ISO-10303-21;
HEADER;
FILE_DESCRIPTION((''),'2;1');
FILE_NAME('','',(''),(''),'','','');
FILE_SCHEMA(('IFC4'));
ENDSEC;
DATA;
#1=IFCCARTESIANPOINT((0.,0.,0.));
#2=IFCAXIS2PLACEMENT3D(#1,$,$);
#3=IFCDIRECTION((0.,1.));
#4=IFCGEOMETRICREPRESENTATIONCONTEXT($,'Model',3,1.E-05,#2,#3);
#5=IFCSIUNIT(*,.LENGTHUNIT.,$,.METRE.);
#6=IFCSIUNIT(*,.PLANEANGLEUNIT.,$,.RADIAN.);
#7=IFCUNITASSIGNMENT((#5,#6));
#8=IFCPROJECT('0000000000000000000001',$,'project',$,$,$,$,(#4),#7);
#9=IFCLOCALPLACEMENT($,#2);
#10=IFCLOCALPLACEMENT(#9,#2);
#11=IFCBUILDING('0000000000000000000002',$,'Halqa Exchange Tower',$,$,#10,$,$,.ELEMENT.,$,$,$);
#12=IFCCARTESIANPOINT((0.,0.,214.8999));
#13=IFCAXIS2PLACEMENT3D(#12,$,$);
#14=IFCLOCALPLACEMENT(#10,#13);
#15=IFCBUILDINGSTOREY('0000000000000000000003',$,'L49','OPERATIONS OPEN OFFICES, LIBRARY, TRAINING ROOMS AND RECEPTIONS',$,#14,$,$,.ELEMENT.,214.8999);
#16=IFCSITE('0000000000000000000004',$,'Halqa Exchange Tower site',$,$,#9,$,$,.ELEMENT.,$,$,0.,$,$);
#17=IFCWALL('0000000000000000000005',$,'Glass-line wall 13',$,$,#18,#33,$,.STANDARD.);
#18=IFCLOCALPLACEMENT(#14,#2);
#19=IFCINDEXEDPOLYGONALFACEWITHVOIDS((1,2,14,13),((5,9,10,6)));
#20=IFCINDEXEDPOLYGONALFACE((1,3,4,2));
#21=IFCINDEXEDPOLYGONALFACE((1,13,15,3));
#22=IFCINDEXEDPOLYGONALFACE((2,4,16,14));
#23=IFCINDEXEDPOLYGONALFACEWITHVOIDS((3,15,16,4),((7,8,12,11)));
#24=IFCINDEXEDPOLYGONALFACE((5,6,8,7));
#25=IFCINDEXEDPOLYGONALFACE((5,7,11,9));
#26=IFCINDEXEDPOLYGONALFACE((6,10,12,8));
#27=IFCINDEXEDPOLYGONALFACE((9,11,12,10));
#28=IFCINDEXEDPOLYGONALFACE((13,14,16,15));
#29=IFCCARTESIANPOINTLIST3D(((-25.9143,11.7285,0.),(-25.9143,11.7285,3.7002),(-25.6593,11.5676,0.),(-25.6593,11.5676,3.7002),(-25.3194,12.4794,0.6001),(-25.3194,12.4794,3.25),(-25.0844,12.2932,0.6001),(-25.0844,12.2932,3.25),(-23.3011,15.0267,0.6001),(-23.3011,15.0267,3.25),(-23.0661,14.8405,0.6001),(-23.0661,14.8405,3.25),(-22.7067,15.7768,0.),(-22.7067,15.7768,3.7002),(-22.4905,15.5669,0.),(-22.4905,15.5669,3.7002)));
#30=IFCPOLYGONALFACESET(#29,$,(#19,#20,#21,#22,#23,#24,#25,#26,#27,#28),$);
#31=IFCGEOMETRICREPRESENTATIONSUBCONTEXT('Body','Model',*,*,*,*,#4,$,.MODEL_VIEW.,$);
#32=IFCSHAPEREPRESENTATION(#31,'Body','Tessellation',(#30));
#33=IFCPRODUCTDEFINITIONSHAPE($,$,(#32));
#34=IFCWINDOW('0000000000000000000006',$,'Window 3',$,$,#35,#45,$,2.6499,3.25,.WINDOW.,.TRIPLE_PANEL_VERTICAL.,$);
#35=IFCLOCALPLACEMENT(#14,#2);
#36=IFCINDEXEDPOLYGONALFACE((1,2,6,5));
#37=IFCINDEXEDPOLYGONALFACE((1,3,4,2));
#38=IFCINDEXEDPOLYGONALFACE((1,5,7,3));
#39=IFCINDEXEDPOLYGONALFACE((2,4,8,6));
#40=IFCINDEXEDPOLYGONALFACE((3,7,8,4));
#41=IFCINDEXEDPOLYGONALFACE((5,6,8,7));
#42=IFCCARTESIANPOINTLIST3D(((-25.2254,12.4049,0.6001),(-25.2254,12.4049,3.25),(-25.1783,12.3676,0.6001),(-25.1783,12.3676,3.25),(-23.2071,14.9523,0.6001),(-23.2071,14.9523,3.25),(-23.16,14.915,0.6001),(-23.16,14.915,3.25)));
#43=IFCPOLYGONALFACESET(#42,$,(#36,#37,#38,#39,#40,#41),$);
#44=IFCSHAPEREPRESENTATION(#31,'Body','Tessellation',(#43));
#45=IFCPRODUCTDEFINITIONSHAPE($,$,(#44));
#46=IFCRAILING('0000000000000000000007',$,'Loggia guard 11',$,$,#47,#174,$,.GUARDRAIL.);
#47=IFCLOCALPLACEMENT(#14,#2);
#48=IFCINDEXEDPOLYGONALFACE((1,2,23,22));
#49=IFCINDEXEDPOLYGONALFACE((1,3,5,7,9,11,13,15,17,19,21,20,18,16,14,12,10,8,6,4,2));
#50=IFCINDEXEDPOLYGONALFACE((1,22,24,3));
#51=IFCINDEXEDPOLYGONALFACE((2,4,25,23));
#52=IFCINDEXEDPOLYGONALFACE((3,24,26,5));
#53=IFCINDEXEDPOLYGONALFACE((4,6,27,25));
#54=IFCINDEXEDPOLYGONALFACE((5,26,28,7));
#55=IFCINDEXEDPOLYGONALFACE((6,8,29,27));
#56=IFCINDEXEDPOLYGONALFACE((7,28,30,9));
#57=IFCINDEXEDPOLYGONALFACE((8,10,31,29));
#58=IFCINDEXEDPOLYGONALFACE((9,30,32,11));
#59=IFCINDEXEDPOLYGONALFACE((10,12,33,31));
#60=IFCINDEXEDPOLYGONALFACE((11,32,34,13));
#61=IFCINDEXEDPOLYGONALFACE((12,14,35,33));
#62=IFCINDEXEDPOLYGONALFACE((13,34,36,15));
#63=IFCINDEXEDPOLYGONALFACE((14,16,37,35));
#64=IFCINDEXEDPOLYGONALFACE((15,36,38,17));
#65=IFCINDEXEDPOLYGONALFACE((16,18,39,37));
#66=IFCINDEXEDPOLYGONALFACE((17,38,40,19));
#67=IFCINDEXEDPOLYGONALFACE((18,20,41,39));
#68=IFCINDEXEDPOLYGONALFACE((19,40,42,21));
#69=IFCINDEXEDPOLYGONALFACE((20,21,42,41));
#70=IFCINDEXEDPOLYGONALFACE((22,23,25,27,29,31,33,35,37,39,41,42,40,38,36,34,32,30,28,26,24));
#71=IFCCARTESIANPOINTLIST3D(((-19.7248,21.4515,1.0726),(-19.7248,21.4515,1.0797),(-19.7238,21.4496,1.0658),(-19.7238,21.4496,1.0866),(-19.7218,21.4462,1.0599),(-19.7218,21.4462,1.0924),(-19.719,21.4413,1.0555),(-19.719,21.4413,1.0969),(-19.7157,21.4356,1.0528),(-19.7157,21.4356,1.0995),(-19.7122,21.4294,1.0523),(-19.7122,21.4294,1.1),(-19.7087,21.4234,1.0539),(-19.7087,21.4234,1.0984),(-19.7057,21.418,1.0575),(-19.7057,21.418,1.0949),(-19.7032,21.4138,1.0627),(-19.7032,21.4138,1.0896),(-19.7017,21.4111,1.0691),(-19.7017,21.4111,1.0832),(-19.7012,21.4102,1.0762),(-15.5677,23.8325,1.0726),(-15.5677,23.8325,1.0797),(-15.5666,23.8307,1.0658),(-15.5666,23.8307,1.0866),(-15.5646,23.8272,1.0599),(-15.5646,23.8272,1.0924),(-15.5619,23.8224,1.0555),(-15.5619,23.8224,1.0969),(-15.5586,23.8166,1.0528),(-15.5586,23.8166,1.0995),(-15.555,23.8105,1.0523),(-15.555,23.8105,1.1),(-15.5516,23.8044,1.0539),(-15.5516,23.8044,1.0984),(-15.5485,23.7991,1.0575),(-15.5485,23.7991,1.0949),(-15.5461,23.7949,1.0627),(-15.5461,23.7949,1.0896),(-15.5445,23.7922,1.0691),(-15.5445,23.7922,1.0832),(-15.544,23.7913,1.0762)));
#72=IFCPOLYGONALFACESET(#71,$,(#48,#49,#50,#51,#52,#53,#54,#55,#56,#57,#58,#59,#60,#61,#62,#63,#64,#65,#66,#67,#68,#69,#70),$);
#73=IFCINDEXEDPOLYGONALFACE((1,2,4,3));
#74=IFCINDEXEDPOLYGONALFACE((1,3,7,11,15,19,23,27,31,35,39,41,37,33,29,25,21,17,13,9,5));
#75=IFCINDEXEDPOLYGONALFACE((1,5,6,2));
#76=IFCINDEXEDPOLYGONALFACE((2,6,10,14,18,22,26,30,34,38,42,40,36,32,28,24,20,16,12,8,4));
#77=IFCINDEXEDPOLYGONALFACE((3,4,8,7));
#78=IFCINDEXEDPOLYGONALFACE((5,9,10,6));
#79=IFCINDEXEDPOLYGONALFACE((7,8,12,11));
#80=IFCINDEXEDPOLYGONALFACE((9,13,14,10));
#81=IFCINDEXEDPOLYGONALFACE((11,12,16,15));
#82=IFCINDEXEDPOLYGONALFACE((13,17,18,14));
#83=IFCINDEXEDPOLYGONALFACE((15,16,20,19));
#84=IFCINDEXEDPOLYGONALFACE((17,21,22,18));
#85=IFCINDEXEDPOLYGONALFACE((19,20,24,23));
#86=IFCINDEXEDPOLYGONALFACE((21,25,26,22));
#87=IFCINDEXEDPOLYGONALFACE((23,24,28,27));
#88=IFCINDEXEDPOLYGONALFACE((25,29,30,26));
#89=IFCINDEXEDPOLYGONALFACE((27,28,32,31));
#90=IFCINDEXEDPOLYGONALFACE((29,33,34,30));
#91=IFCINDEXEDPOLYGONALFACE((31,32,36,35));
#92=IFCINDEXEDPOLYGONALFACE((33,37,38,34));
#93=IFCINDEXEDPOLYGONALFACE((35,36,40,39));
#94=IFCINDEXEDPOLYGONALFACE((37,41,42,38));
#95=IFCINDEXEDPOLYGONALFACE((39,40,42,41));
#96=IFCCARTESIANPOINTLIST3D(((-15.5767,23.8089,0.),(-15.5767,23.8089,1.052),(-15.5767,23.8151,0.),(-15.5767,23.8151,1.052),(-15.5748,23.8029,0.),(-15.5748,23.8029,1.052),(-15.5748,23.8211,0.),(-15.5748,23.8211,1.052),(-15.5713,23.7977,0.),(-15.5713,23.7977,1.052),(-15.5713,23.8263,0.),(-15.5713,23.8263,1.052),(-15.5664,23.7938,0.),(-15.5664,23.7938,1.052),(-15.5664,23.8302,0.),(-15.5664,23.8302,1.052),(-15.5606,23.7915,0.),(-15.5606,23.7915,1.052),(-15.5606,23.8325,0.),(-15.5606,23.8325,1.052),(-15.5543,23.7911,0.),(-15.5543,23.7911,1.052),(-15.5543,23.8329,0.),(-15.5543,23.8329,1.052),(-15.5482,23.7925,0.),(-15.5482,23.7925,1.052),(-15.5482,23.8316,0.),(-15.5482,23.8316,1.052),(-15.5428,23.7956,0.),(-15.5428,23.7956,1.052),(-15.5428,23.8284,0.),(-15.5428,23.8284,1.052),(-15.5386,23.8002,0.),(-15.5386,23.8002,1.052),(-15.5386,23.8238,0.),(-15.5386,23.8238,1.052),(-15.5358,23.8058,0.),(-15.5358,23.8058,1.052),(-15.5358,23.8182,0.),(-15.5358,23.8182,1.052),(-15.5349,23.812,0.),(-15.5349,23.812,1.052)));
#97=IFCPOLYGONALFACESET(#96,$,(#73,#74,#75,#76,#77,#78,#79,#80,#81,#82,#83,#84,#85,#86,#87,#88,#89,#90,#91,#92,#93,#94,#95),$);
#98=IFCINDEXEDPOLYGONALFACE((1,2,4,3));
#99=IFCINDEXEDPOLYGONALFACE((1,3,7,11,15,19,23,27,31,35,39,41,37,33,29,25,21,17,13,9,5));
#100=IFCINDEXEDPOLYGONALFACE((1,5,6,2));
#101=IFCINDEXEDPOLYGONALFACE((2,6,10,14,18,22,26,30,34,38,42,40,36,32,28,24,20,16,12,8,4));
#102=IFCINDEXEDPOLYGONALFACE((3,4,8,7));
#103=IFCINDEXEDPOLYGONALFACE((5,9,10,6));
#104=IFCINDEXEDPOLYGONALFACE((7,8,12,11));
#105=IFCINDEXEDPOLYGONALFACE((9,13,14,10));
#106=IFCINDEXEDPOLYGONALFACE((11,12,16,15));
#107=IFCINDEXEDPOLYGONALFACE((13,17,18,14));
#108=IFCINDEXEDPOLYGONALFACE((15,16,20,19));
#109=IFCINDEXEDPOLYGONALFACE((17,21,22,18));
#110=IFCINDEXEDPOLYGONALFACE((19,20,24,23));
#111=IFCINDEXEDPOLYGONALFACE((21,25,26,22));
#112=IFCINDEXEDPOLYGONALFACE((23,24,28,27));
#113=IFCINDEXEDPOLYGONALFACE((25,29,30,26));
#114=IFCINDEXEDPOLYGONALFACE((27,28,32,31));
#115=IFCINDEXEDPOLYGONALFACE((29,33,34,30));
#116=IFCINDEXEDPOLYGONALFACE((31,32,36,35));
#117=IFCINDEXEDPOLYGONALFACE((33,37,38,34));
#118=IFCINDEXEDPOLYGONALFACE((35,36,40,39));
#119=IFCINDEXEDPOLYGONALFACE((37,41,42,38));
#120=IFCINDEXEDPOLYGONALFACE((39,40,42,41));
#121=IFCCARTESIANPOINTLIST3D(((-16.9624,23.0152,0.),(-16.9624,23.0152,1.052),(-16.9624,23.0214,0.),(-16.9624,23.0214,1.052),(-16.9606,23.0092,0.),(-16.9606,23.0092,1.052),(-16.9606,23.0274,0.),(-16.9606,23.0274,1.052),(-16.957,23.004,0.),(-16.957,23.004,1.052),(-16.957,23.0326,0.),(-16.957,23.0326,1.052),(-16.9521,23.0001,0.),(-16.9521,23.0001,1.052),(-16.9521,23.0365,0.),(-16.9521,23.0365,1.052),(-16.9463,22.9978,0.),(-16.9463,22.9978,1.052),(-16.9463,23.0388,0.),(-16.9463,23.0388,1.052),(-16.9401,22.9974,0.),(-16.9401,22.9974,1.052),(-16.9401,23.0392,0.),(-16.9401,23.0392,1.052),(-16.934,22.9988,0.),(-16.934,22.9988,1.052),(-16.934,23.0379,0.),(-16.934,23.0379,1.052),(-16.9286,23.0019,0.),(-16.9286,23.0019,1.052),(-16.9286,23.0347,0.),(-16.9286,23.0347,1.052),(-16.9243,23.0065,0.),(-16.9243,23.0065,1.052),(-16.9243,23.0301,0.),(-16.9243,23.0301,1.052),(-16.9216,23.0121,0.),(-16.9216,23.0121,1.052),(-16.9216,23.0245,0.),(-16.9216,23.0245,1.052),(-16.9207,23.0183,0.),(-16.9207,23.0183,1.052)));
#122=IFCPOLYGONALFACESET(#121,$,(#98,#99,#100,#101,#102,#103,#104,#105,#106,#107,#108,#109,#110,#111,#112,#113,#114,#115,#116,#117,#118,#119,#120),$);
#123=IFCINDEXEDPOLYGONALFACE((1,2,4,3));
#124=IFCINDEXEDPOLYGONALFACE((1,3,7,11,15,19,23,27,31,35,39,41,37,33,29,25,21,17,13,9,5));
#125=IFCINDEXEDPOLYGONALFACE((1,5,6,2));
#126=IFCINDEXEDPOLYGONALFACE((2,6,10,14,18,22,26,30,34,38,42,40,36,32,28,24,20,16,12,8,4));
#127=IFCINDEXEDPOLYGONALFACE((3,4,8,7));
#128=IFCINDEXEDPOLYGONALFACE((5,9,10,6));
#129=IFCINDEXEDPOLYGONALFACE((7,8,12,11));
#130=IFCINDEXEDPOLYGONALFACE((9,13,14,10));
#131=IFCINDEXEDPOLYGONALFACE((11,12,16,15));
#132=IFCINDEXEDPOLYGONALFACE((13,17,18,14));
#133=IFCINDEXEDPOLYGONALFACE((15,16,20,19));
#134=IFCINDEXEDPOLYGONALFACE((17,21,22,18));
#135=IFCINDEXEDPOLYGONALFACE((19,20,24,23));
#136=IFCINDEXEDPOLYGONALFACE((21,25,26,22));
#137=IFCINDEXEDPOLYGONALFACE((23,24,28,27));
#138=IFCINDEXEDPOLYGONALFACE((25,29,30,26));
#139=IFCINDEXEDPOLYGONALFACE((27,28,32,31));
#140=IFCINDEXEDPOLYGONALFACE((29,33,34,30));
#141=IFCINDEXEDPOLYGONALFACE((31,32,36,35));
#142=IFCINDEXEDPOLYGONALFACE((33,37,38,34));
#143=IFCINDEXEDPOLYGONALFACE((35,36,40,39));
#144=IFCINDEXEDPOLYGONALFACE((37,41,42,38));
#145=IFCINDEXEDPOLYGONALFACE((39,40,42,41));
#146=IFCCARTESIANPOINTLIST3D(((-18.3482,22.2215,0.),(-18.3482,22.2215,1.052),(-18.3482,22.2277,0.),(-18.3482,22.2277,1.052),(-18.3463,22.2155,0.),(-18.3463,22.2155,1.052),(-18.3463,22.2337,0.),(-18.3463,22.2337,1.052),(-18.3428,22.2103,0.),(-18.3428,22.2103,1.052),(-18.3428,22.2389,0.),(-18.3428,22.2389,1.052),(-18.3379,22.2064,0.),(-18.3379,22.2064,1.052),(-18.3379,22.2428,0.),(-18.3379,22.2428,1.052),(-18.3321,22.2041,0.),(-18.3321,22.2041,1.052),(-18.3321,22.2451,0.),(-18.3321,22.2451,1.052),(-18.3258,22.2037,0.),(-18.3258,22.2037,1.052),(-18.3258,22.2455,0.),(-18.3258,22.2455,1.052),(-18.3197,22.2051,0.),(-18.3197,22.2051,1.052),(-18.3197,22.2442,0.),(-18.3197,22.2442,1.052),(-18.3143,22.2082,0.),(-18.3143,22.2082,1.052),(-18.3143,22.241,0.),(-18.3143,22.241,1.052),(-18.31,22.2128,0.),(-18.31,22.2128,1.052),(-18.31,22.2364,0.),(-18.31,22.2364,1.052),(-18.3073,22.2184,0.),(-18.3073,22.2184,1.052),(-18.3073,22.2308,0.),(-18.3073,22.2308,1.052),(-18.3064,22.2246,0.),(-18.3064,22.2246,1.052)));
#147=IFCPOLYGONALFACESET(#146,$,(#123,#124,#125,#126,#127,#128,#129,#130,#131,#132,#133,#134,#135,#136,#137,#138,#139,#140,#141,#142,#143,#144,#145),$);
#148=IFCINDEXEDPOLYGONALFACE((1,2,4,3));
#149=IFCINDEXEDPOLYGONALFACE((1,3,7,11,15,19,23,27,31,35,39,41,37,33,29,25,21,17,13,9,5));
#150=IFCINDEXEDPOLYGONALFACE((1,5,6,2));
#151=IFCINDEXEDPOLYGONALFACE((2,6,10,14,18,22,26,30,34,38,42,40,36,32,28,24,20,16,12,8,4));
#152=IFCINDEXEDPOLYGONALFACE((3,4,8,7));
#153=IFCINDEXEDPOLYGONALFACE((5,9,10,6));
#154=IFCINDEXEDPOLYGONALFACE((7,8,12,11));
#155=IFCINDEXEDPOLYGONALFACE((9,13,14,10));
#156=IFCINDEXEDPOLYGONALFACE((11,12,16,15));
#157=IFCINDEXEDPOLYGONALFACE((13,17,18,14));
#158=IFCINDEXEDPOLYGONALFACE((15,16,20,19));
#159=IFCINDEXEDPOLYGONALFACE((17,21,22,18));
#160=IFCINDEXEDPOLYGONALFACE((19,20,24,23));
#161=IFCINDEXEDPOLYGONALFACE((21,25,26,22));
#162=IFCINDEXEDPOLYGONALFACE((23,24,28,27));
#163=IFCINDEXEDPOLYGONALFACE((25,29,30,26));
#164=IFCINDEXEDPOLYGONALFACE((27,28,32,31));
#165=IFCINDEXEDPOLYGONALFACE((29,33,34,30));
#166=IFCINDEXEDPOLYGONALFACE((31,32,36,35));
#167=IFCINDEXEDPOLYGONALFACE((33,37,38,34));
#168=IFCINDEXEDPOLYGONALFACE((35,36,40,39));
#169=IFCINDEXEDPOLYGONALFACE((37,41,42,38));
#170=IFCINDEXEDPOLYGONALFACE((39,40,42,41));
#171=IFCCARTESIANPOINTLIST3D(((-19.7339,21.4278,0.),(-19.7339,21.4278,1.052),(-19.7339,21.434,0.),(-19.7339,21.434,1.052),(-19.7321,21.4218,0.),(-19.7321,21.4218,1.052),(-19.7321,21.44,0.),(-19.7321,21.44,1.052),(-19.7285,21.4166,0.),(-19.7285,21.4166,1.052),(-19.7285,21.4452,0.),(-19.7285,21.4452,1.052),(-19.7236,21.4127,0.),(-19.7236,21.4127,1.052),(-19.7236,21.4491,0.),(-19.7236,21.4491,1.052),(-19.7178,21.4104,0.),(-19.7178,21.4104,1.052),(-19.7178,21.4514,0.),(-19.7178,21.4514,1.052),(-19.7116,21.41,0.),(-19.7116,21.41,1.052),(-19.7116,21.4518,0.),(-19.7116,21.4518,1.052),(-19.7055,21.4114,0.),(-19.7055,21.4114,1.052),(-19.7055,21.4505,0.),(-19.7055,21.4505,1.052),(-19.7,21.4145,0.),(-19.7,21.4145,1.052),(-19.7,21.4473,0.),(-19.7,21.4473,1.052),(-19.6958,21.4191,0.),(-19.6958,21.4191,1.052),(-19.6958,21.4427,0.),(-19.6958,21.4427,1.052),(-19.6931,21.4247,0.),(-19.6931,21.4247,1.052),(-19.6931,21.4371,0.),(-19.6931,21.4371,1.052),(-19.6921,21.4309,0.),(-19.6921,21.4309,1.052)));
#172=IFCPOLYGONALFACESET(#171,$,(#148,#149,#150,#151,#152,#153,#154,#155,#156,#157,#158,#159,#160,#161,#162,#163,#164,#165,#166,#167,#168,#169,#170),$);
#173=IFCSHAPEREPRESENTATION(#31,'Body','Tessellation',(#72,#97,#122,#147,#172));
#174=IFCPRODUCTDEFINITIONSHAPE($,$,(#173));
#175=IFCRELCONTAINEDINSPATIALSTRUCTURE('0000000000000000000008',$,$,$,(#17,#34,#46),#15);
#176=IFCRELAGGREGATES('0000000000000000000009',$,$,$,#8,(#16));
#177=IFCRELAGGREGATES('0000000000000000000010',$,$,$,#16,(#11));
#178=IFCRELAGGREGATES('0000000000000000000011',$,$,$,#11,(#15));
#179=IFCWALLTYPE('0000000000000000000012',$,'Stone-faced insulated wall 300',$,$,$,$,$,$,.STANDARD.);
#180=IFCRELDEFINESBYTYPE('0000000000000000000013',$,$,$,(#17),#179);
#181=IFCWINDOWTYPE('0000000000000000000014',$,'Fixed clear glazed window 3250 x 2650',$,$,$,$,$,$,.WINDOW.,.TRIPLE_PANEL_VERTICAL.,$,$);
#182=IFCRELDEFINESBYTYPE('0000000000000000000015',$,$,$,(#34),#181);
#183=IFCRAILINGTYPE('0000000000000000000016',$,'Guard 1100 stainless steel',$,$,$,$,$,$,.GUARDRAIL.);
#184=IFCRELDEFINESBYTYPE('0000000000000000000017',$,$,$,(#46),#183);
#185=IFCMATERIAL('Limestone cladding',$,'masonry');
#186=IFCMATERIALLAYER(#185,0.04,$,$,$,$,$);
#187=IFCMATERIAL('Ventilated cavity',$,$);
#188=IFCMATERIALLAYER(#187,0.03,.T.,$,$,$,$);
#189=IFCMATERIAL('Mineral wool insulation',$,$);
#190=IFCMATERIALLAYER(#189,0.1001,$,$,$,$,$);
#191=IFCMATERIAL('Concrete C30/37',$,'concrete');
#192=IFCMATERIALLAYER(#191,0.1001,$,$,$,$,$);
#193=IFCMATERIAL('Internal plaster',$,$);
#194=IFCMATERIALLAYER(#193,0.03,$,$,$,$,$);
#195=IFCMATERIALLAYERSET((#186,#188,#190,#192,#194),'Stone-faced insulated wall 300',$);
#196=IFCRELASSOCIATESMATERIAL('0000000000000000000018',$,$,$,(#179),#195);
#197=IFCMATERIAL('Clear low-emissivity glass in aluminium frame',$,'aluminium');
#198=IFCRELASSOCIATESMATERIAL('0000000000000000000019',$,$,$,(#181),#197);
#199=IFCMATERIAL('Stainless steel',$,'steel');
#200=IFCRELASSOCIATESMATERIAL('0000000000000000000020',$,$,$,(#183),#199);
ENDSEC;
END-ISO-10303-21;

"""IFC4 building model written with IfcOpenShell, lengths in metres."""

from ifc_helpers import new_model, si_unit, direction, frame, frame_2d, origin, origin_2d, place, context, subcontext, project, spatial, polyline, rectangle, circle, outline, extrude, material, layer, layer_set, type_object, element, fill, save


model = new_model("IFC4")

# Units and contexts
model_context = context("Model", 3, precision=1e-05, world=origin(), true_north=direction((0.0, 1.0)))
body_context = subcontext(model_context, "Body", "Model", "MODEL_VIEW")
ifc_project = project(units=[si_unit("LENGTHUNIT", "METRE"), si_unit("PLANEANGLEUNIT", "RADIAN")], contexts=[model_context])

# Site, building, storey
site_placement = place(None, origin())
site = spatial("IfcSite", under=ifc_project, at=site_placement, Name="Halqa Exchange Tower site", CompositionType="ELEMENT", RefElevation=0.0)
building_placement = place(site_placement, origin())
building = spatial("IfcBuilding", under=site, at=building_placement, Name="Halqa Exchange Tower", CompositionType="ELEMENT")
storey_placement = place(building_placement, frame((0.0, 0.0, 214.8999)))
storey = spatial("IfcBuildingStorey", under=building, at=storey_placement, Name="L49", Description="OPERATIONS OPEN OFFICES, LIBRARY, TRAINING ROOMS AND RECEPTIONS", CompositionType="ELEMENT", Elevation=214.8999)

# Shared definitions
ifc_material_1 = material(Name="Limestone cladding", Category="masonry")
ifc_layer_1 = layer(ifc_material_1, 0.04)
ifc_material_2 = material(Name="Ventilated cavity")
ifc_layer_2 = layer(ifc_material_2, 0.03, ventilated=True)
ifc_material_3 = material(Name="Mineral wool insulation")
ifc_layer_3 = layer(ifc_material_3, 0.1001)
ifc_material_4 = material(Name="Concrete C30/37", Category="concrete")
ifc_layer_4 = layer(ifc_material_4, 0.1001)
ifc_material_5 = material(Name="Internal plaster")
ifc_layer_5 = layer(ifc_material_5, 0.03)
ifc_layer_set_1 = layer_set([ifc_layer_1, ifc_layer_2, ifc_layer_3, ifc_layer_4, ifc_layer_5], Name="Stone-faced insulated wall 300")
wall_type_1 = type_object("IfcWallType", Name="Stone-faced insulated wall 300", PredefinedType="STANDARD", material=ifc_layer_set_1)
ifc_material_6 = material(Name="Clear low-emissivity glass in aluminium frame", Category="aluminium")
window_type = type_object("IfcWindowType", Name="Fixed clear glazed window 3250 x 2650", PartitioningType="TRIPLE_PANEL_VERTICAL", PredefinedType="WINDOW", material=ifc_material_6)

# Wall, opening, window
wall_1_placement = place(storey_placement, frame((-22.5986, 15.6719, 0.0), z_axis=(0.0, 0.0, 1.0), x_axis=(-0.621017, -0.783797, 0.0)))
wall_1 = element("IfcWall", 1, at=wall_1_placement, inside=storey, type_object=wall_type_1, Name="Glass-line wall 13", PredefinedType="STANDARD", context=body_context, shape_type="SweptSolid", body=[
    extrude(outline(polyline([(-0.0151, -0.1499), (5.1499, -0.1499), (5.1177, 0.1499), (0.0151, 0.1499), (-0.0151, -0.1499)])), origin(), (0.0, 0.0, 1.0), 3.7002),
])
opening_1_placement = place(wall_1_placement, frame((0.9419, 0.0, 0.6001)))
opening_1 = element("IfcOpeningElement", 2, at=opening_1_placement, cuts=wall_1, PredefinedType="OPENING", context=body_context, shape_type="SweptSolid", body=[
    extrude(rectangle(XDim=3.25, YDim=2.6499, at=frame_2d((1.625, 1.325))), frame((0.0, 0.1621, 0.0), z_axis=(0.0, -1.0, 0.0), x_axis=(1.0, 0.0, 0.0)), (0.0, 0.0, 1.0), 0.324),
])
window_1_placement = place(opening_1_placement, origin())
window_1 = element("IfcWindow", 3, at=window_1_placement, inside=storey, type_object=window_type, Name="Window 3", OverallHeight=2.6499, OverallWidth=3.25, PartitioningType="TRIPLE_PANEL_VERTICAL", PredefinedType="WINDOW", context=body_context, shape_type="SweptSolid", body=[
    extrude(rectangle(XDim=3.25, YDim=2.6499, at=frame_2d((1.625, 1.325))), frame((0.0, 0.03, 0.0), z_axis=(0.0, -1.0, 0.0), x_axis=(1.0, 0.0, 0.0)), (0.0, 0.0, 1.0), 0.0601),
])
fill(opening_1, window_1)

# Railing
ifc_material_7 = material(Name="Stainless steel", Category="steel")
railing_type = type_object("IfcRailingType", Name="Guard 1100 stainless steel", PredefinedType="GUARDRAIL", material=ifc_material_7)
railing_1_placement = place(storey_placement, frame((-15.5559, 23.812, 0.0)))
element("IfcRailing", 4, at=railing_1_placement, inside=storey, type_object=railing_type, Name="Loggia guard 11", PredefinedType="GUARDRAIL", context=body_context, shape_type="SweptSolid", body=[
    extrude(circle(Radius=0.0239, at=origin_2d()), frame((0.0, 0.0, 1.0762), z_axis=(-0.867744, -0.497011, 0.0), x_axis=(0.497011, -0.867744, 0.0)), (0.0, 0.0, 1.0), 4.7908),
    extrude(circle(Radius=0.021, at=origin_2d()), origin(), (0.0, 0.0, 1.0), 1.052),
    extrude(circle(Radius=0.021, at=origin_2d()), frame((-1.3857, -0.7937, 0.0)), (0.0, 0.0, 1.0), 1.052),
    extrude(circle(Radius=0.021, at=origin_2d()), frame((-2.7715, -1.5874, 0.0)), (0.0, 0.0, 1.0), 1.052),
    extrude(circle(Radius=0.021, at=origin_2d()), frame((-4.1572, -2.3811, 0.0)), (0.0, 0.0, 1.0), 1.052),
])

save(model, "model.ifc")
